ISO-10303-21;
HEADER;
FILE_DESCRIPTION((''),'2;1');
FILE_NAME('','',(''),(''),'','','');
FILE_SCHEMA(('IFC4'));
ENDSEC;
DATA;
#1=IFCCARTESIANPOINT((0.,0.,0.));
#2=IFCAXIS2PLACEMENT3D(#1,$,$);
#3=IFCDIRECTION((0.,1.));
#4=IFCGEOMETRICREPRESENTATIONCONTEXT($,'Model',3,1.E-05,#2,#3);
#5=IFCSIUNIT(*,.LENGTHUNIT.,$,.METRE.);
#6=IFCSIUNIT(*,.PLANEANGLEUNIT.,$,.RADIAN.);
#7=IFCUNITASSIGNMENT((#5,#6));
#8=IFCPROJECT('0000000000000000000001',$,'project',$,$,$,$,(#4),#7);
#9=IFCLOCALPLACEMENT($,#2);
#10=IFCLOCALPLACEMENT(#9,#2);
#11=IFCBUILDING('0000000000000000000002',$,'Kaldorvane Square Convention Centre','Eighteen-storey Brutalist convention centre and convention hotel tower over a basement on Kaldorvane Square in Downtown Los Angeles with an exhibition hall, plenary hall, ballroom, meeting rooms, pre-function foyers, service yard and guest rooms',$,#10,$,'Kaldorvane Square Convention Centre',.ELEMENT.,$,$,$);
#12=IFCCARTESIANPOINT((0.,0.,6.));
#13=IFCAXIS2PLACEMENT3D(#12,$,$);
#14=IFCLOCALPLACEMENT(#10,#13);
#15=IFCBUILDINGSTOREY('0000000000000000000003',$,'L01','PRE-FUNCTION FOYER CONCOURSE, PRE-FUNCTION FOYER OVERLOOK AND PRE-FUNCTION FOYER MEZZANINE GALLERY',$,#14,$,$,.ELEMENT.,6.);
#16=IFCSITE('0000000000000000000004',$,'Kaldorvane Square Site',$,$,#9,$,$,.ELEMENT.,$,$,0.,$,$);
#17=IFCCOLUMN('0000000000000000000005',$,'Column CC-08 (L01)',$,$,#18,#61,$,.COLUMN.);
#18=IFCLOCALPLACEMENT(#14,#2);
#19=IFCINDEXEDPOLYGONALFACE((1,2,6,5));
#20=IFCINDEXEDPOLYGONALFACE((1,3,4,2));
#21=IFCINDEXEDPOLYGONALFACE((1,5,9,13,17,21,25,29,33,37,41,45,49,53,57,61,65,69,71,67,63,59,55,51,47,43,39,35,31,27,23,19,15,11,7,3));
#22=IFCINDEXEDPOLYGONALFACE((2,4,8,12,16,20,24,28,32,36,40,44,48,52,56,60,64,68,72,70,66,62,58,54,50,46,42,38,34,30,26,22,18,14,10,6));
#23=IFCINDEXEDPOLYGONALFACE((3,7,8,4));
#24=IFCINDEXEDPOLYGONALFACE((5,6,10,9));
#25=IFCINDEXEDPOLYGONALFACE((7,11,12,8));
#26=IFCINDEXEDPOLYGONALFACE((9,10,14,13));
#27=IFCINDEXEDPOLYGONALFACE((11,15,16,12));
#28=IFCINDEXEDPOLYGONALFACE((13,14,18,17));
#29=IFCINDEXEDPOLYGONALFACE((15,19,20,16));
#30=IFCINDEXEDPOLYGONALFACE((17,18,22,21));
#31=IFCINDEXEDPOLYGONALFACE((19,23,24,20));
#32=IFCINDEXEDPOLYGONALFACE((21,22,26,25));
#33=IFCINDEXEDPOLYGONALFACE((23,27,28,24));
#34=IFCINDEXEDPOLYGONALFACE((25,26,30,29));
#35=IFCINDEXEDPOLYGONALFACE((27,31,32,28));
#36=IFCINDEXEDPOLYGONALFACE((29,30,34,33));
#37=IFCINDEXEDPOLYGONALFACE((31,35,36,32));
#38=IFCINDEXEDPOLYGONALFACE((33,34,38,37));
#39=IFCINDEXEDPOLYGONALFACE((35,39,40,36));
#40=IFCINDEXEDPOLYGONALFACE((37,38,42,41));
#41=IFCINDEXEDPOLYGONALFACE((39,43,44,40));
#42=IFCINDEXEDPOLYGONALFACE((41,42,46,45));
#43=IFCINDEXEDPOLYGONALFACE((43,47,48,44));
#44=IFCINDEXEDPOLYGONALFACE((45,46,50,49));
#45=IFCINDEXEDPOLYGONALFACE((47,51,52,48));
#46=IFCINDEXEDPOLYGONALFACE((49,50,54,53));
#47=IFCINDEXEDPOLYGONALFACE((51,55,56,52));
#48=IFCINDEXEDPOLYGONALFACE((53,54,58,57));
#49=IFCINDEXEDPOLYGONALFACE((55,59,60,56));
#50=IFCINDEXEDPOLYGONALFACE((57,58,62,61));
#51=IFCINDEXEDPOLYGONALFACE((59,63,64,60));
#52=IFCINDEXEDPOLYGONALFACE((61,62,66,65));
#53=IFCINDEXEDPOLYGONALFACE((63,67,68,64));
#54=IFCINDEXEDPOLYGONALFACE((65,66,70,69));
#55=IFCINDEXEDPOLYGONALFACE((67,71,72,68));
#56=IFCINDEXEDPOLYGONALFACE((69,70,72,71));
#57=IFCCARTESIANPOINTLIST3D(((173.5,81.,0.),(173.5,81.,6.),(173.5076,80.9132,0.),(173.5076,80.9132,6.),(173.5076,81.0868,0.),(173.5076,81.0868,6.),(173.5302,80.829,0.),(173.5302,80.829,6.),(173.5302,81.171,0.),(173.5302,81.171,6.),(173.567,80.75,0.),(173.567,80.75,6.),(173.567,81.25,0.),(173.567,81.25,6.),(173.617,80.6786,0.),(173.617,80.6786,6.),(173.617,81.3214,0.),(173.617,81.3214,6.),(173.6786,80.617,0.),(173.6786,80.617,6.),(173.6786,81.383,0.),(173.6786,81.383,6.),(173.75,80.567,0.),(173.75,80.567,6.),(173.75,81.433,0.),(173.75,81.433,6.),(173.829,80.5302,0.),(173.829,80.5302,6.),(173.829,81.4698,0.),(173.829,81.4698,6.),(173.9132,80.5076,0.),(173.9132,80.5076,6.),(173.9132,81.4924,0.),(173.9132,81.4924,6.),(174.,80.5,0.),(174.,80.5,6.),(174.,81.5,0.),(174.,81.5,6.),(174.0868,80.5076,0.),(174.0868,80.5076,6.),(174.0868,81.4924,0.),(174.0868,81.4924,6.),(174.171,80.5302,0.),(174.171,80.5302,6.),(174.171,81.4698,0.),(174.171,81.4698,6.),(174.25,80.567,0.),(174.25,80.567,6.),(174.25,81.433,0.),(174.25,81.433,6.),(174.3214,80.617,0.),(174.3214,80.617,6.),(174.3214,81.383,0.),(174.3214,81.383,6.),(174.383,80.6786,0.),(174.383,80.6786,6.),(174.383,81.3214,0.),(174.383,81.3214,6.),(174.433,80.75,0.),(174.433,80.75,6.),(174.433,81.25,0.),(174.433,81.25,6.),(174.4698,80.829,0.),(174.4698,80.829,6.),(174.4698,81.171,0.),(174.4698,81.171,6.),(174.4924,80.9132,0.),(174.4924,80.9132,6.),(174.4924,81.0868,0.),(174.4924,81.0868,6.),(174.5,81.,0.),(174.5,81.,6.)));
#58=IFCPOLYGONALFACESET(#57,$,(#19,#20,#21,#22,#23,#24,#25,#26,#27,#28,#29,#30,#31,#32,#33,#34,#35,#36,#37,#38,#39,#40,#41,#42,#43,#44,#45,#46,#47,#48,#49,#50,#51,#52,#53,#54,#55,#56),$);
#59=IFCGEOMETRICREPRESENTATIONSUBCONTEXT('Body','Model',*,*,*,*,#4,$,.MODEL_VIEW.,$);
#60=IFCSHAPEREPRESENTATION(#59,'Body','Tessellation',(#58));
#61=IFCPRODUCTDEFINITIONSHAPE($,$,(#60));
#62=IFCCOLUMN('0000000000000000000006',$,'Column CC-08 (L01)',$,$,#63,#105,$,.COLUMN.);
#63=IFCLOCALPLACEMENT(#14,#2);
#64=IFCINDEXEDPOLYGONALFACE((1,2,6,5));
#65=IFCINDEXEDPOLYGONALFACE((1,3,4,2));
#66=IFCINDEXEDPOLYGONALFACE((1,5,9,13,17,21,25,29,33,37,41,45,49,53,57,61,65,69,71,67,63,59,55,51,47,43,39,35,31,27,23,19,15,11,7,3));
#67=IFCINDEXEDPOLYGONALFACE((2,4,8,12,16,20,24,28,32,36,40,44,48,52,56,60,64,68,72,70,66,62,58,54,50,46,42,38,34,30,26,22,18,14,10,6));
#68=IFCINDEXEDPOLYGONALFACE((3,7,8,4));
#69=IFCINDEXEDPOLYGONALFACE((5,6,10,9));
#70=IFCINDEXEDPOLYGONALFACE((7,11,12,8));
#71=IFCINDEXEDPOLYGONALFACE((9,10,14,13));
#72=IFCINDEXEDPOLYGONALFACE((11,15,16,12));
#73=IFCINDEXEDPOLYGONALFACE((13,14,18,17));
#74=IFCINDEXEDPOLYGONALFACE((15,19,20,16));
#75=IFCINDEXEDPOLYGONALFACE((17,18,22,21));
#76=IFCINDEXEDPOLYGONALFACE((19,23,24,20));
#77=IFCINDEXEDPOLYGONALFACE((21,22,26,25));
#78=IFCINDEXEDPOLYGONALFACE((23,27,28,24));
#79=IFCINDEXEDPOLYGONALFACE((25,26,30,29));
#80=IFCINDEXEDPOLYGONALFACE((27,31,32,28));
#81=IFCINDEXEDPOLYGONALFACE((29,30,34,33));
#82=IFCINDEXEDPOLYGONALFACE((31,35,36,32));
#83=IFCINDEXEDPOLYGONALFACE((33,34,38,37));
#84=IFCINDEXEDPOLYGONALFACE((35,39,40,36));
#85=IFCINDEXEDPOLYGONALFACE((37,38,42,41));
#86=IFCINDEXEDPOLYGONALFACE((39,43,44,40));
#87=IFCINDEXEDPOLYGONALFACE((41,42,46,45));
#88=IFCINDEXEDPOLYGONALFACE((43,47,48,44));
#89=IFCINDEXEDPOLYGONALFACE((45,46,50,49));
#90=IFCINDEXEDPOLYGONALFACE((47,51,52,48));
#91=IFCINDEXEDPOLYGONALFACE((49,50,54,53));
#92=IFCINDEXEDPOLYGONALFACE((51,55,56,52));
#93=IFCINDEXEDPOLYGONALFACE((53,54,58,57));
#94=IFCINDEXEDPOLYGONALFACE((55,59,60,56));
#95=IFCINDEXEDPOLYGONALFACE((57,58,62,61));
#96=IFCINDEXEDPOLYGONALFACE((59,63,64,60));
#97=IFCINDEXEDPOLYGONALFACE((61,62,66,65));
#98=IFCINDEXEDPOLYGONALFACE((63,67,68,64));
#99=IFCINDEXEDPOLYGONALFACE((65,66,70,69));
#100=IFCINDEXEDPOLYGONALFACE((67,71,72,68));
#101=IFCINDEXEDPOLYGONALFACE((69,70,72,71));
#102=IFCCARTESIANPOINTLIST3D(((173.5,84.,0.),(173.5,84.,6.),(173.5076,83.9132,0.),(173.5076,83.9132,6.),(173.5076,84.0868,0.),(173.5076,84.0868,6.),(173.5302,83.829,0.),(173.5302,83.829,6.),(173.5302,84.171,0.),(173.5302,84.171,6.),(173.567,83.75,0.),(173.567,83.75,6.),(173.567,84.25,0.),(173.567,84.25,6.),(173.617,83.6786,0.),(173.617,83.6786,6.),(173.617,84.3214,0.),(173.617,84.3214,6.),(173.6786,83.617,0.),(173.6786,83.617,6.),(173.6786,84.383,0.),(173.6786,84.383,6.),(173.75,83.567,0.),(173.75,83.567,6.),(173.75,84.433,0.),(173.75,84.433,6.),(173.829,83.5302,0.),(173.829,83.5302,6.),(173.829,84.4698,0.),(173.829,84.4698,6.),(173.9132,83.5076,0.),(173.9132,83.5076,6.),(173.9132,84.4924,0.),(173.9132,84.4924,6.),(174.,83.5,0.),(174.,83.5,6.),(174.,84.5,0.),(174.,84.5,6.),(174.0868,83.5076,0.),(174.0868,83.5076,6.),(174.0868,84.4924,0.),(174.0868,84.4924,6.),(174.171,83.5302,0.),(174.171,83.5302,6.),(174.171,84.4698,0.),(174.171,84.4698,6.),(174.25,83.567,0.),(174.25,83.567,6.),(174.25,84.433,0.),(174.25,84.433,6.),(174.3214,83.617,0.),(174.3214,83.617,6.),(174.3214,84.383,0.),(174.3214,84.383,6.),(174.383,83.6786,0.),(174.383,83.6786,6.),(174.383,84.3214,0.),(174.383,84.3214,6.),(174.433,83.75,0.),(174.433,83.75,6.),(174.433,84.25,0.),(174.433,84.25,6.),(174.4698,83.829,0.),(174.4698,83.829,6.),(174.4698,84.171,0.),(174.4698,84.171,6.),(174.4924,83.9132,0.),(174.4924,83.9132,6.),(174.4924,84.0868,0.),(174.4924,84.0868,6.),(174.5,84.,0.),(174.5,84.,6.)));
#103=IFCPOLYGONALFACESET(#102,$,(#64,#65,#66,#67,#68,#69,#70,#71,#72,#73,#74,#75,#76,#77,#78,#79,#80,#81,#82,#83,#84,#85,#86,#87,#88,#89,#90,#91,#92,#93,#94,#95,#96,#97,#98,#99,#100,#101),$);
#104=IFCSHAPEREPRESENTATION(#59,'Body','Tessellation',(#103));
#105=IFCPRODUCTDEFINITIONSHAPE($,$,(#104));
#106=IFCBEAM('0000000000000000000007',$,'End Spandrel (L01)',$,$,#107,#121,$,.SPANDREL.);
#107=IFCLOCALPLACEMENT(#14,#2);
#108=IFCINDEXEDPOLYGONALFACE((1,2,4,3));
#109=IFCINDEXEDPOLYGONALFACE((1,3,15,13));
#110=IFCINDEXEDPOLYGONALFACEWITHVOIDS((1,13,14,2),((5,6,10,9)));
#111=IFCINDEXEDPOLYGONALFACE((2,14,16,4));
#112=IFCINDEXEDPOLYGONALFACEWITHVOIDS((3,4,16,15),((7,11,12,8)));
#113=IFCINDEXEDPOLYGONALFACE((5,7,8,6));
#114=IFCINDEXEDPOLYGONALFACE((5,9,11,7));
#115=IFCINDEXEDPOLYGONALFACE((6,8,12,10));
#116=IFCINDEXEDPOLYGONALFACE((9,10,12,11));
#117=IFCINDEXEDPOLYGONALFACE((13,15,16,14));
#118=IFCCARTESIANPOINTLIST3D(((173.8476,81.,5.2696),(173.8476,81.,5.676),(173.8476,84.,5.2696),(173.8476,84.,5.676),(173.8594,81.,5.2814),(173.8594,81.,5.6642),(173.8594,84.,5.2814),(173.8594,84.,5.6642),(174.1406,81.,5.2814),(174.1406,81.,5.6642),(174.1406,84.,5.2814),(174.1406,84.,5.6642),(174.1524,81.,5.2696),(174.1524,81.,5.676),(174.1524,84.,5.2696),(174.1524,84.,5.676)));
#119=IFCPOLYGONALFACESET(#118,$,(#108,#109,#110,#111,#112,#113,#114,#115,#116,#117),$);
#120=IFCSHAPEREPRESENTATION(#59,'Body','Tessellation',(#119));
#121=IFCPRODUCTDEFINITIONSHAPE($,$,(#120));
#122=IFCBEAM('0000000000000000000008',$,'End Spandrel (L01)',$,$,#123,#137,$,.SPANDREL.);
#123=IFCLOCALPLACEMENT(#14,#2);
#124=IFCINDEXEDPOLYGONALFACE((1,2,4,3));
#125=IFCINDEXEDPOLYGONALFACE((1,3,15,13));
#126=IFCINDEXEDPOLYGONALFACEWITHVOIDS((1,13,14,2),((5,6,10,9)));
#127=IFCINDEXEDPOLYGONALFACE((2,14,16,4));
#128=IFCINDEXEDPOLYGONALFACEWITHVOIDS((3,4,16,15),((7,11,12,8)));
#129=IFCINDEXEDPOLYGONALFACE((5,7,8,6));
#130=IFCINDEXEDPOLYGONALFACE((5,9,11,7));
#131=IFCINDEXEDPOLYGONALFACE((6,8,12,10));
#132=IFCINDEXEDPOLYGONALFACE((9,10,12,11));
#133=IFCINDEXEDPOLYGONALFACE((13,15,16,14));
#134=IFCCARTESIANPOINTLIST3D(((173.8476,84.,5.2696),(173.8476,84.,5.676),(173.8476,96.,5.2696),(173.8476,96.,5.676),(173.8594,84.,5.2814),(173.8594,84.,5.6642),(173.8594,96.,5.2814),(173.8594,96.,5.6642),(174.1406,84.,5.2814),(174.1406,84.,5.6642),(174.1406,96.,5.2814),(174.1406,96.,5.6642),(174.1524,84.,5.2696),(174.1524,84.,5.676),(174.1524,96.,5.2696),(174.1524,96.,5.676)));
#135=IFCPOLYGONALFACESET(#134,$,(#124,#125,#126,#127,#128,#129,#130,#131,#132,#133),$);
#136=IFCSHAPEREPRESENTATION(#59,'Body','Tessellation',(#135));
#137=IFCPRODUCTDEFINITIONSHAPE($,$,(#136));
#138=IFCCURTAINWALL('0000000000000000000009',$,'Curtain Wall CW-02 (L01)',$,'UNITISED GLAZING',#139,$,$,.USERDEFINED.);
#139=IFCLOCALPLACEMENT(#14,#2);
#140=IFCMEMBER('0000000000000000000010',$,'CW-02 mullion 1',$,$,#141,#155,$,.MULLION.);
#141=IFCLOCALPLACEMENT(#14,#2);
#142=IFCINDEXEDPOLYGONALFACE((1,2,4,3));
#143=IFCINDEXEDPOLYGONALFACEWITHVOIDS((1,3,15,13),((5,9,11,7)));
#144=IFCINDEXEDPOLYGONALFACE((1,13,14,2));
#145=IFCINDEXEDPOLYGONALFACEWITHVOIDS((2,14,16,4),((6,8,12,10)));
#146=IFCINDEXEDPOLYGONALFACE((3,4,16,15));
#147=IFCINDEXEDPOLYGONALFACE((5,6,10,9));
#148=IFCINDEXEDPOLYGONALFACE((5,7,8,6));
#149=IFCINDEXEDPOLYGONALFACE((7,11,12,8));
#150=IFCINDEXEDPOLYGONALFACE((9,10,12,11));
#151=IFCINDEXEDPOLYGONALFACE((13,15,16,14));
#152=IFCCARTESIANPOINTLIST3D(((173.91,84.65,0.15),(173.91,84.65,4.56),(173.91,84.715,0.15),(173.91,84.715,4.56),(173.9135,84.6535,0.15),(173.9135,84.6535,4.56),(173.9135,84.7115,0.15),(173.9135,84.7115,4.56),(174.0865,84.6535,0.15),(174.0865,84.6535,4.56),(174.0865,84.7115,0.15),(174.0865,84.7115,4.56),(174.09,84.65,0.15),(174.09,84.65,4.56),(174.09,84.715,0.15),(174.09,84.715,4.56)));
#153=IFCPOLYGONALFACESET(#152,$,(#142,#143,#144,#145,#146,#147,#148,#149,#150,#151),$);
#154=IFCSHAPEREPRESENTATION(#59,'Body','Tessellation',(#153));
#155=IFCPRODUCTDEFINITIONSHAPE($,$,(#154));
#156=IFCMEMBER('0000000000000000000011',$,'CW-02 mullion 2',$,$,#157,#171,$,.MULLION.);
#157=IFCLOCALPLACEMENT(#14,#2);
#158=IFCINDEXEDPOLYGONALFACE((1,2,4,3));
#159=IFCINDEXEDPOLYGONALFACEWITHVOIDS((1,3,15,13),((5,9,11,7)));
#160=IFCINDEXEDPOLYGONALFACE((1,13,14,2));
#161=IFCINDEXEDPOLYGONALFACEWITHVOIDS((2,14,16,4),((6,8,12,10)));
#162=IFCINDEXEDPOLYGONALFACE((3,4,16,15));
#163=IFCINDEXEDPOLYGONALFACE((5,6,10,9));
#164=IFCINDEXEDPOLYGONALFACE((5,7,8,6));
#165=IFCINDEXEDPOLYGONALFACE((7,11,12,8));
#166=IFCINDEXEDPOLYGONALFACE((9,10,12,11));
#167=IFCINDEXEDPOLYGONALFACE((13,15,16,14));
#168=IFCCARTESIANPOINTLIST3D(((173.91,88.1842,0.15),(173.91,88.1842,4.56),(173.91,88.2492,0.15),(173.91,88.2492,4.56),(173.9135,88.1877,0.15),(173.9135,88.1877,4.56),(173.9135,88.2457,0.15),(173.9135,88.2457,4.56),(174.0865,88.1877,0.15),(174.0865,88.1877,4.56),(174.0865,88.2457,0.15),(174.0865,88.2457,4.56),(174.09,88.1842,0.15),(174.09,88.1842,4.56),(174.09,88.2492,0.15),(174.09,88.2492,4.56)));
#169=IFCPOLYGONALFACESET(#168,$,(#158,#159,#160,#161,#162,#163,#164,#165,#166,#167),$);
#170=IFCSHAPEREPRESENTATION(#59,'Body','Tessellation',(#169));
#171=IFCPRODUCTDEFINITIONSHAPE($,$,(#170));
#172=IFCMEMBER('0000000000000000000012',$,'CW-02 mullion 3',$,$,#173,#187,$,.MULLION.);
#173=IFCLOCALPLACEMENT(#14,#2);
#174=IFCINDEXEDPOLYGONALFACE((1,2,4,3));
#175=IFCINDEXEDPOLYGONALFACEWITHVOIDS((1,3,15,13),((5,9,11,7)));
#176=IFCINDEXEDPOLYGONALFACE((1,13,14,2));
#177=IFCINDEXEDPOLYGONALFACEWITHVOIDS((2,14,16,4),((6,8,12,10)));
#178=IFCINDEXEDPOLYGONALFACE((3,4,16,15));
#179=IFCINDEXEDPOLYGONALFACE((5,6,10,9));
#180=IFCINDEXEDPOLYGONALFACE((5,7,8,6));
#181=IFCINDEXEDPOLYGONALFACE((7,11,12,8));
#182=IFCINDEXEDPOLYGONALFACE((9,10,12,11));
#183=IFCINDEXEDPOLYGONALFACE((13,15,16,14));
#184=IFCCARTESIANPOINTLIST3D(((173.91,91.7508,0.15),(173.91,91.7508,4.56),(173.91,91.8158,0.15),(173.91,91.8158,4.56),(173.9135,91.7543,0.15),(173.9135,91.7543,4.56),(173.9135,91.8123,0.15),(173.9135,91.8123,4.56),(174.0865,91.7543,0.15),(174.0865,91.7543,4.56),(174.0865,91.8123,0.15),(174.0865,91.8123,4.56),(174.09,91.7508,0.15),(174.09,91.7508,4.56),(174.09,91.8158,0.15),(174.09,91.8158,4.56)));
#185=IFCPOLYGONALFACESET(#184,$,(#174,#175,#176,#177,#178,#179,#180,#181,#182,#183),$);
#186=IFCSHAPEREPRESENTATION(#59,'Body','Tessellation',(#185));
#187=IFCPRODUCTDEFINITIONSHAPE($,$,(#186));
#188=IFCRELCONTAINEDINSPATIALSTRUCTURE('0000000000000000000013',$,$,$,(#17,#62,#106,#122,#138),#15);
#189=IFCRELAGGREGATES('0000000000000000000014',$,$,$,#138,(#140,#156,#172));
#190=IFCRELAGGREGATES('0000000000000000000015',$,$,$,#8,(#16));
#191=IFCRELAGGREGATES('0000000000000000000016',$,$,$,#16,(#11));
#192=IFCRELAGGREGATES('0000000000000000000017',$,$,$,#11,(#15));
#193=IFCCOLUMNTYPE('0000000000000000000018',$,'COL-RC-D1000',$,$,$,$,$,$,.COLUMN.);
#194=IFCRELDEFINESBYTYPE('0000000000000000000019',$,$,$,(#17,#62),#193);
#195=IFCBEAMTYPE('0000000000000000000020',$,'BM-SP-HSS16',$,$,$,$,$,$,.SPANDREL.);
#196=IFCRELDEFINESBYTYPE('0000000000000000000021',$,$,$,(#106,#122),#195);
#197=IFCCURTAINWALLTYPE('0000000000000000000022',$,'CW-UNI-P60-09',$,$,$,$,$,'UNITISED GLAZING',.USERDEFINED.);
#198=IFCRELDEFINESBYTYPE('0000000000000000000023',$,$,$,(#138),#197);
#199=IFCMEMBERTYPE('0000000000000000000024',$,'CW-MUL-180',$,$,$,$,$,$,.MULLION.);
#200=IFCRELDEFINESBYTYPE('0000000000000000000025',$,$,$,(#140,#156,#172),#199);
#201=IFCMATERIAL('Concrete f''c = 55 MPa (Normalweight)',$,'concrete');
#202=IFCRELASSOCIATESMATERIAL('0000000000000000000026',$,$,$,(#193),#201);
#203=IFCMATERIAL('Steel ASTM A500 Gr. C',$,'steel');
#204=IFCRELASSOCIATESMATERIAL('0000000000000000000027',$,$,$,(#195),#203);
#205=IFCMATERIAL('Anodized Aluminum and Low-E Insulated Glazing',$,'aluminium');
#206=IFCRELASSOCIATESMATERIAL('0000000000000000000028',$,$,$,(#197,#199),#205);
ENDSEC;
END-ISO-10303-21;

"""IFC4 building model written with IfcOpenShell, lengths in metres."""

from ifc_helpers import new_model, si_unit, direction, frame, origin, origin_2d, place, context, subcontext, project, spatial, hollow_rectangle, circle, extrude, material, material_profile, profile_set, type_object, element, aggregate, save


model = new_model("IFC4")

# Units and contexts
model_context = context("Model", 3, precision=1e-05, world=origin(), true_north=direction((0.0, 1.0)))
body_context = subcontext(model_context, "Body", "Model", "MODEL_VIEW")
ifc_project = project(units=[si_unit("LENGTHUNIT", "METRE"), si_unit("PLANEANGLEUNIT", "RADIAN")], contexts=[model_context])

# Site, building, storey
site_placement = place(None, origin())
site = spatial("IfcSite", under=ifc_project, at=site_placement, Name="Kaldorvane Square Site", CompositionType="ELEMENT", RefElevation=0.0)
building_placement = place(site_placement, origin())
building = spatial("IfcBuilding", under=site, at=building_placement, Name="Kaldorvane Square Convention Centre", Description="Eighteen-storey Brutalist convention centre and convention hotel tower over a basement on Kaldorvane Square in Downtown Los Angeles with an exhibition hall, plenary hall, ballroom, meeting rooms, pre-function foyers, service yard and guest rooms", LongName="Kaldorvane Square Convention Centre", CompositionType="ELEMENT")
storey_placement = place(building_placement, frame((0.0, 0.0, 6.0)))
storey = spatial("IfcBuildingStorey", under=building, at=storey_placement, Name="L01", Description="PRE-FUNCTION FOYER CONCOURSE, PRE-FUNCTION FOYER OVERLOOK AND PRE-FUNCTION FOYER MEZZANINE GALLERY", CompositionType="ELEMENT", Elevation=6.0)

# Columns
ifc_material_1 = material(Name="Concrete f'c = 55 MPa (Normalweight)", Category="concrete")
ifc_material_profile_1 = material_profile(ifc_material_1, circle(Radius=0.5, at=origin_2d()), Name="RC-D1000")
ifc_profile_set_1 = profile_set([ifc_material_profile_1], Name="Concrete f'c = 55 MPa (Normalweight)")
column_type = type_object("IfcColumnType", Name="COL-RC-D1000", PredefinedType="COLUMN", material=ifc_profile_set_1)
for number, where, z_axis, x_axis, name in (
    (1, (174.0, 81.0, 0.0), (0.0, 0.0, 1.0), (1.0, 0.0, 0.0), "Column CC-08 (L01)"),
    (2, (174.0, 84.0, 0.0), (0.0, 0.0, 1.0), (1.0, 0.0, 0.0), "Column CC-08 (L01)"),
):
    element("IfcColumn", number, at=place(storey_placement, frame(where, z_axis=z_axis, x_axis=x_axis)), inside=storey, type_object=column_type, Name=name, PredefinedType="COLUMN", context=body_context, shape_type="SweptSolid", body=[
        extrude(circle(Radius=0.5, at=origin_2d()), origin(), (0.0, 0.0, 1.0), 6.0),
    ])

# Beams
ifc_material_2 = material(Name="Steel ASTM A500 Gr. C", Category="steel")
ifc_material_profile_2 = material_profile(ifc_material_2, hollow_rectangle(XDim=0.3048, YDim=0.4064, WallThickness=0.0118, at=origin_2d()), Name="HSS16X12X1/2")
ifc_profile_set_2 = profile_set([ifc_material_profile_2], Name="Steel ASTM A500 Gr. C")
beam_type = type_object("IfcBeamType", Name="BM-SP-HSS16", PredefinedType="SPANDREL", material=ifc_profile_set_2)
beam_1_placement = place(storey_placement, frame((174.0, 81.0, 5.4728), z_axis=(0.0, 1.0, 0.0), x_axis=(-1.0, 0.0, 0.0)))
element("IfcBeam", 3, at=beam_1_placement, inside=storey, type_object=beam_type, Name="End Spandrel (L01)", PredefinedType="SPANDREL", context=body_context, shape_type="SweptSolid", body=[
    extrude(hollow_rectangle(XDim=0.3048, YDim=0.4064, WallThickness=0.0118, at=origin_2d()), origin(), (0.0, 0.0, 1.0), 3.0),
])
beam_2_placement = place(storey_placement, frame((174.0, 84.0, 5.4728), z_axis=(0.0, 1.0, 0.0), x_axis=(-1.0, 0.0, 0.0)))
element("IfcBeam", 4, at=beam_2_placement, inside=storey, type_object=beam_type, Name="End Spandrel (L01)", PredefinedType="SPANDREL", context=body_context, shape_type="SweptSolid", body=[
    extrude(hollow_rectangle(XDim=0.3048, YDim=0.4064, WallThickness=0.0118, at=origin_2d()), origin(), (0.0, 0.0, 1.0), 12.0),
])

# Curtain wall, members
ifc_material_3 = material(Name="Anodized Aluminum and Low-E Insulated Glazing", Category="aluminium")
curtain_wall_type_1 = type_object("IfcCurtainWallType", Name="CW-UNI-P60-09", ElementType="UNITISED GLAZING", PredefinedType="USERDEFINED", material=ifc_material_3)
curtain_wall_1_placement = place(storey_placement, origin())
curtain_wall_1 = element("IfcCurtainWall", 5, at=curtain_wall_1_placement, inside=storey, type_object=curtain_wall_type_1, Name="Curtain Wall CW-02 (L01)", ObjectType="UNITISED GLAZING", PredefinedType="USERDEFINED")
ifc_material_profile_3 = material_profile(ifc_material_3, hollow_rectangle(XDim=0.065, YDim=0.18, WallThickness=0.0035, at=origin_2d()), Name="CWM-180X65")
ifc_profile_set_3 = profile_set([ifc_material_profile_3], Name="Anodized Aluminum and Low-E Insulated Glazing")
member_type_1 = type_object("IfcMemberType", Name="CW-MUL-180", PredefinedType="MULLION", material=ifc_profile_set_3)
member_1_placement = place(storey_placement, frame((174.0, 84.6825, 0.15), z_axis=(0.0, 0.0, 1.0), x_axis=(0.0, 1.0, 0.0)))
member_1 = element("IfcMember", 6, at=member_1_placement, type_object=member_type_1, Name="CW-02 mullion 1", PredefinedType="MULLION", context=body_context, shape_type="SweptSolid", body=[
    extrude(hollow_rectangle(XDim=0.065, YDim=0.18, WallThickness=0.0035, at=origin_2d()), origin(), (0.0, 0.0, 1.0), 4.41),
])
member_2_placement = place(storey_placement, frame((174.0, 88.2167, 0.15), z_axis=(0.0, 0.0, 1.0), x_axis=(0.0, 1.0, 0.0)))
member_2 = element("IfcMember", 7, at=member_2_placement, type_object=member_type_1, Name="CW-02 mullion 2", PredefinedType="MULLION", context=body_context, shape_type="SweptSolid", body=[
    extrude(hollow_rectangle(XDim=0.065, YDim=0.18, WallThickness=0.0035, at=origin_2d()), origin(), (0.0, 0.0, 1.0), 4.41),
])
member_3_placement = place(storey_placement, frame((174.0, 91.7833, 0.15), z_axis=(0.0, 0.0, 1.0), x_axis=(0.0, 1.0, 0.0)))
member_3 = element("IfcMember", 8, at=member_3_placement, type_object=member_type_1, Name="CW-02 mullion 3", PredefinedType="MULLION", context=body_context, shape_type="SweptSolid", body=[
    extrude(hollow_rectangle(XDim=0.065, YDim=0.18, WallThickness=0.0035, at=origin_2d()), origin(), (0.0, 0.0, 1.0), 4.41),
])

aggregate(curtain_wall_1, [member_1, member_2, member_3])

save(model, "model.ifc")
